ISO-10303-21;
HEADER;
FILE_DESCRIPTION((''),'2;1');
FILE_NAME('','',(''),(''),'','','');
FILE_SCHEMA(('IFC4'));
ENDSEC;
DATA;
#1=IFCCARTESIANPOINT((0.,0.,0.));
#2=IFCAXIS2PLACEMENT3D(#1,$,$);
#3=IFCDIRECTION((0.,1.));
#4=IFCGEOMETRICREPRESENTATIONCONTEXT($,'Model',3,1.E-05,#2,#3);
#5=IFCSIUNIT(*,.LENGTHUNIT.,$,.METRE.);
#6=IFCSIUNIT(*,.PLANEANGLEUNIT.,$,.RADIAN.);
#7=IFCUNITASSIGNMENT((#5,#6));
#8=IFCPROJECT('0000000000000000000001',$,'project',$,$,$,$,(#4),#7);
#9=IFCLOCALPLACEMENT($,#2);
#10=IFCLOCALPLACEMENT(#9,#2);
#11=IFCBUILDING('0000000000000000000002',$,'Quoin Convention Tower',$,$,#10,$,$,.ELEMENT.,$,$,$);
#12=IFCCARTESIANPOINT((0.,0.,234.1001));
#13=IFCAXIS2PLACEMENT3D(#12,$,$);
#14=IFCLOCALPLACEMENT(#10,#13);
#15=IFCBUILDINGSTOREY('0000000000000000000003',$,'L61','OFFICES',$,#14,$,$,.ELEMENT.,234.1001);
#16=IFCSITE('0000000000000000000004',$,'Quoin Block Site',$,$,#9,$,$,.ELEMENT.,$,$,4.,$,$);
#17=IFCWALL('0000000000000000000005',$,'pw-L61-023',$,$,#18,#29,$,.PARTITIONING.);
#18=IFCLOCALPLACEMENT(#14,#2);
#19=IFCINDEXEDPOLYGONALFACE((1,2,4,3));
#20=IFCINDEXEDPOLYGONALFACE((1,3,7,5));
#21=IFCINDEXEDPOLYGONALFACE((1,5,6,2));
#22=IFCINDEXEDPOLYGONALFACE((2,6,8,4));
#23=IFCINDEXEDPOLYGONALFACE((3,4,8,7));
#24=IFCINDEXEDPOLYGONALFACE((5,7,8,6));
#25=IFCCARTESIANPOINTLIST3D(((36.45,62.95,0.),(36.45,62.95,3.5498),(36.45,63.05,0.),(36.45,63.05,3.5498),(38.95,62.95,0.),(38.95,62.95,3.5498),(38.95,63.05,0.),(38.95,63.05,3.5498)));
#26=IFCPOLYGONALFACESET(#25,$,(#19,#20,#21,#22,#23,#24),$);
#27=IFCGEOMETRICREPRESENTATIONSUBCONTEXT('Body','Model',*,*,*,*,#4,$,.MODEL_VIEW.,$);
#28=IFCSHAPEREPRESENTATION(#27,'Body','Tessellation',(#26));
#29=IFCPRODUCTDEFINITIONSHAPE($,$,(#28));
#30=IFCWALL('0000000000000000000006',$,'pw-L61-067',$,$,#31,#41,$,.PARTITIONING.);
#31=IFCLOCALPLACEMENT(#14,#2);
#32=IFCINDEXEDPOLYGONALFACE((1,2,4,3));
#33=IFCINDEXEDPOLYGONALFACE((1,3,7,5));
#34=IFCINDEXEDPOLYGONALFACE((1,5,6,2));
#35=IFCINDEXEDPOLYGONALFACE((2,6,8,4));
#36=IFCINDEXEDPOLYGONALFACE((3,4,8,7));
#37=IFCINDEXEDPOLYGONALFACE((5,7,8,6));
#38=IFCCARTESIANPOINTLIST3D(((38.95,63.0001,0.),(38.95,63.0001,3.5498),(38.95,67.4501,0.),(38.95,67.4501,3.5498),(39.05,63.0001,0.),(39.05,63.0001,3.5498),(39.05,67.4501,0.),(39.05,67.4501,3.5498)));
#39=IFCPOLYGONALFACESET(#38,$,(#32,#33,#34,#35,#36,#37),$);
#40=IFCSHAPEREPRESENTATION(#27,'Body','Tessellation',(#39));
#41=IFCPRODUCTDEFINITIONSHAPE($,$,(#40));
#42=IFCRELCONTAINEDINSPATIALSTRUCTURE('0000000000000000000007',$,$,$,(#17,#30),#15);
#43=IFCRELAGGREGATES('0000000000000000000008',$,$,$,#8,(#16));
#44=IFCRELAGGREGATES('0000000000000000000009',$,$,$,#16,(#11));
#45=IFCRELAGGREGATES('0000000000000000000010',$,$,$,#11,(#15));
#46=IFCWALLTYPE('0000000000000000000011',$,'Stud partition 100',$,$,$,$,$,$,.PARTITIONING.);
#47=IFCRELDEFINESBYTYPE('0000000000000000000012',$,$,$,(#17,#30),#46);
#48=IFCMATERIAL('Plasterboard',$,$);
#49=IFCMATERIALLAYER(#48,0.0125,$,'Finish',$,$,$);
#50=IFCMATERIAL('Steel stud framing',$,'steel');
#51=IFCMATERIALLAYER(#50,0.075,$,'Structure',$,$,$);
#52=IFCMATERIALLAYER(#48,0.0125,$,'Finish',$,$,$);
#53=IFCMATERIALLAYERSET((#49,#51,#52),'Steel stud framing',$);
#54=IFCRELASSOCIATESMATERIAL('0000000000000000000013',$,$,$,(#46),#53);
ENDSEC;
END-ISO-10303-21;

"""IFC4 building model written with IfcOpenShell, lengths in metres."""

from ifc_helpers import new_model, si_unit, direction, frame, frame_2d, origin, place, context, subcontext, project, spatial, rectangle, extrude, material, layer, layer_set, type_object, element, save


model = new_model("IFC4")

# Units and contexts
model_context = context("Model", 3, precision=1e-05, world=origin(), true_north=direction((0.0, 1.0)))
body_context = subcontext(model_context, "Body", "Model", "MODEL_VIEW")
ifc_project = project(units=[si_unit("LENGTHUNIT", "METRE"), si_unit("PLANEANGLEUNIT", "RADIAN")], contexts=[model_context])

# Site, building, storey
site_placement = place(None, origin())
site = spatial("IfcSite", under=ifc_project, at=site_placement, Name="Quoin Block Site", CompositionType="ELEMENT", RefElevation=4.0)
building_placement = place(site_placement, origin())
building = spatial("IfcBuilding", under=site, at=building_placement, Name="Quoin Convention Tower", CompositionType="ELEMENT")
storey_placement = place(building_placement, frame((0.0, 0.0, 234.1001)))
storey = spatial("IfcBuildingStorey", under=building, at=storey_placement, Name="L61", Description="OFFICES", CompositionType="ELEMENT", Elevation=234.1001)

# Shared definitions
ifc_material_1 = material(Name="Plasterboard")
ifc_material_2 = material(Name="Steel stud framing", Category="steel")

# Walls
ifc_layer_1 = layer(ifc_material_1, 0.0125, Name="Finish")
ifc_layer_2 = layer(ifc_material_2, 0.075, Name="Structure")
ifc_layer_3 = layer(ifc_material_1, 0.0125, Name="Finish")
ifc_layer_set_1 = layer_set([ifc_layer_1, ifc_layer_2, ifc_layer_3], Name="Steel stud framing")
wall_type_1 = type_object("IfcWallType", Name="Stud partition 100", PredefinedType="PARTITIONING", material=ifc_layer_set_1)
wall_1_placement = place(storey_placement, frame((36.45, 63.0, 0.0), z_axis=(0.0, 0.0, 1.0), x_axis=(1.0, 0.0, 0.0)))
element("IfcWall", 1, at=wall_1_placement, inside=storey, type_object=wall_type_1, Name="pw-L61-023", PredefinedType="PARTITIONING", context=body_context, shape_type="SweptSolid", body=[
    extrude(rectangle(XDim=2.5, YDim=0.1001, at=frame_2d((1.25, 0.0))), origin(), (0.0, 0.0, 1.0), 3.5498),
])
wall_2_placement = place(storey_placement, frame((39.0, 63.0, 0.0), z_axis=(0.0, 0.0, 1.0), x_axis=(0.0, 1.0, 0.0)))
element("IfcWall", 2, at=wall_2_placement, inside=storey, type_object=wall_type_1, Name="pw-L61-067", PredefinedType="PARTITIONING", context=body_context, shape_type="SweptSolid", body=[
    extrude(rectangle(XDim=4.45, YDim=0.1001, at=frame_2d((2.2251, 0.0))), origin(), (0.0, 0.0, 1.0), 3.5498),
])

save(model, "model.ifc")
